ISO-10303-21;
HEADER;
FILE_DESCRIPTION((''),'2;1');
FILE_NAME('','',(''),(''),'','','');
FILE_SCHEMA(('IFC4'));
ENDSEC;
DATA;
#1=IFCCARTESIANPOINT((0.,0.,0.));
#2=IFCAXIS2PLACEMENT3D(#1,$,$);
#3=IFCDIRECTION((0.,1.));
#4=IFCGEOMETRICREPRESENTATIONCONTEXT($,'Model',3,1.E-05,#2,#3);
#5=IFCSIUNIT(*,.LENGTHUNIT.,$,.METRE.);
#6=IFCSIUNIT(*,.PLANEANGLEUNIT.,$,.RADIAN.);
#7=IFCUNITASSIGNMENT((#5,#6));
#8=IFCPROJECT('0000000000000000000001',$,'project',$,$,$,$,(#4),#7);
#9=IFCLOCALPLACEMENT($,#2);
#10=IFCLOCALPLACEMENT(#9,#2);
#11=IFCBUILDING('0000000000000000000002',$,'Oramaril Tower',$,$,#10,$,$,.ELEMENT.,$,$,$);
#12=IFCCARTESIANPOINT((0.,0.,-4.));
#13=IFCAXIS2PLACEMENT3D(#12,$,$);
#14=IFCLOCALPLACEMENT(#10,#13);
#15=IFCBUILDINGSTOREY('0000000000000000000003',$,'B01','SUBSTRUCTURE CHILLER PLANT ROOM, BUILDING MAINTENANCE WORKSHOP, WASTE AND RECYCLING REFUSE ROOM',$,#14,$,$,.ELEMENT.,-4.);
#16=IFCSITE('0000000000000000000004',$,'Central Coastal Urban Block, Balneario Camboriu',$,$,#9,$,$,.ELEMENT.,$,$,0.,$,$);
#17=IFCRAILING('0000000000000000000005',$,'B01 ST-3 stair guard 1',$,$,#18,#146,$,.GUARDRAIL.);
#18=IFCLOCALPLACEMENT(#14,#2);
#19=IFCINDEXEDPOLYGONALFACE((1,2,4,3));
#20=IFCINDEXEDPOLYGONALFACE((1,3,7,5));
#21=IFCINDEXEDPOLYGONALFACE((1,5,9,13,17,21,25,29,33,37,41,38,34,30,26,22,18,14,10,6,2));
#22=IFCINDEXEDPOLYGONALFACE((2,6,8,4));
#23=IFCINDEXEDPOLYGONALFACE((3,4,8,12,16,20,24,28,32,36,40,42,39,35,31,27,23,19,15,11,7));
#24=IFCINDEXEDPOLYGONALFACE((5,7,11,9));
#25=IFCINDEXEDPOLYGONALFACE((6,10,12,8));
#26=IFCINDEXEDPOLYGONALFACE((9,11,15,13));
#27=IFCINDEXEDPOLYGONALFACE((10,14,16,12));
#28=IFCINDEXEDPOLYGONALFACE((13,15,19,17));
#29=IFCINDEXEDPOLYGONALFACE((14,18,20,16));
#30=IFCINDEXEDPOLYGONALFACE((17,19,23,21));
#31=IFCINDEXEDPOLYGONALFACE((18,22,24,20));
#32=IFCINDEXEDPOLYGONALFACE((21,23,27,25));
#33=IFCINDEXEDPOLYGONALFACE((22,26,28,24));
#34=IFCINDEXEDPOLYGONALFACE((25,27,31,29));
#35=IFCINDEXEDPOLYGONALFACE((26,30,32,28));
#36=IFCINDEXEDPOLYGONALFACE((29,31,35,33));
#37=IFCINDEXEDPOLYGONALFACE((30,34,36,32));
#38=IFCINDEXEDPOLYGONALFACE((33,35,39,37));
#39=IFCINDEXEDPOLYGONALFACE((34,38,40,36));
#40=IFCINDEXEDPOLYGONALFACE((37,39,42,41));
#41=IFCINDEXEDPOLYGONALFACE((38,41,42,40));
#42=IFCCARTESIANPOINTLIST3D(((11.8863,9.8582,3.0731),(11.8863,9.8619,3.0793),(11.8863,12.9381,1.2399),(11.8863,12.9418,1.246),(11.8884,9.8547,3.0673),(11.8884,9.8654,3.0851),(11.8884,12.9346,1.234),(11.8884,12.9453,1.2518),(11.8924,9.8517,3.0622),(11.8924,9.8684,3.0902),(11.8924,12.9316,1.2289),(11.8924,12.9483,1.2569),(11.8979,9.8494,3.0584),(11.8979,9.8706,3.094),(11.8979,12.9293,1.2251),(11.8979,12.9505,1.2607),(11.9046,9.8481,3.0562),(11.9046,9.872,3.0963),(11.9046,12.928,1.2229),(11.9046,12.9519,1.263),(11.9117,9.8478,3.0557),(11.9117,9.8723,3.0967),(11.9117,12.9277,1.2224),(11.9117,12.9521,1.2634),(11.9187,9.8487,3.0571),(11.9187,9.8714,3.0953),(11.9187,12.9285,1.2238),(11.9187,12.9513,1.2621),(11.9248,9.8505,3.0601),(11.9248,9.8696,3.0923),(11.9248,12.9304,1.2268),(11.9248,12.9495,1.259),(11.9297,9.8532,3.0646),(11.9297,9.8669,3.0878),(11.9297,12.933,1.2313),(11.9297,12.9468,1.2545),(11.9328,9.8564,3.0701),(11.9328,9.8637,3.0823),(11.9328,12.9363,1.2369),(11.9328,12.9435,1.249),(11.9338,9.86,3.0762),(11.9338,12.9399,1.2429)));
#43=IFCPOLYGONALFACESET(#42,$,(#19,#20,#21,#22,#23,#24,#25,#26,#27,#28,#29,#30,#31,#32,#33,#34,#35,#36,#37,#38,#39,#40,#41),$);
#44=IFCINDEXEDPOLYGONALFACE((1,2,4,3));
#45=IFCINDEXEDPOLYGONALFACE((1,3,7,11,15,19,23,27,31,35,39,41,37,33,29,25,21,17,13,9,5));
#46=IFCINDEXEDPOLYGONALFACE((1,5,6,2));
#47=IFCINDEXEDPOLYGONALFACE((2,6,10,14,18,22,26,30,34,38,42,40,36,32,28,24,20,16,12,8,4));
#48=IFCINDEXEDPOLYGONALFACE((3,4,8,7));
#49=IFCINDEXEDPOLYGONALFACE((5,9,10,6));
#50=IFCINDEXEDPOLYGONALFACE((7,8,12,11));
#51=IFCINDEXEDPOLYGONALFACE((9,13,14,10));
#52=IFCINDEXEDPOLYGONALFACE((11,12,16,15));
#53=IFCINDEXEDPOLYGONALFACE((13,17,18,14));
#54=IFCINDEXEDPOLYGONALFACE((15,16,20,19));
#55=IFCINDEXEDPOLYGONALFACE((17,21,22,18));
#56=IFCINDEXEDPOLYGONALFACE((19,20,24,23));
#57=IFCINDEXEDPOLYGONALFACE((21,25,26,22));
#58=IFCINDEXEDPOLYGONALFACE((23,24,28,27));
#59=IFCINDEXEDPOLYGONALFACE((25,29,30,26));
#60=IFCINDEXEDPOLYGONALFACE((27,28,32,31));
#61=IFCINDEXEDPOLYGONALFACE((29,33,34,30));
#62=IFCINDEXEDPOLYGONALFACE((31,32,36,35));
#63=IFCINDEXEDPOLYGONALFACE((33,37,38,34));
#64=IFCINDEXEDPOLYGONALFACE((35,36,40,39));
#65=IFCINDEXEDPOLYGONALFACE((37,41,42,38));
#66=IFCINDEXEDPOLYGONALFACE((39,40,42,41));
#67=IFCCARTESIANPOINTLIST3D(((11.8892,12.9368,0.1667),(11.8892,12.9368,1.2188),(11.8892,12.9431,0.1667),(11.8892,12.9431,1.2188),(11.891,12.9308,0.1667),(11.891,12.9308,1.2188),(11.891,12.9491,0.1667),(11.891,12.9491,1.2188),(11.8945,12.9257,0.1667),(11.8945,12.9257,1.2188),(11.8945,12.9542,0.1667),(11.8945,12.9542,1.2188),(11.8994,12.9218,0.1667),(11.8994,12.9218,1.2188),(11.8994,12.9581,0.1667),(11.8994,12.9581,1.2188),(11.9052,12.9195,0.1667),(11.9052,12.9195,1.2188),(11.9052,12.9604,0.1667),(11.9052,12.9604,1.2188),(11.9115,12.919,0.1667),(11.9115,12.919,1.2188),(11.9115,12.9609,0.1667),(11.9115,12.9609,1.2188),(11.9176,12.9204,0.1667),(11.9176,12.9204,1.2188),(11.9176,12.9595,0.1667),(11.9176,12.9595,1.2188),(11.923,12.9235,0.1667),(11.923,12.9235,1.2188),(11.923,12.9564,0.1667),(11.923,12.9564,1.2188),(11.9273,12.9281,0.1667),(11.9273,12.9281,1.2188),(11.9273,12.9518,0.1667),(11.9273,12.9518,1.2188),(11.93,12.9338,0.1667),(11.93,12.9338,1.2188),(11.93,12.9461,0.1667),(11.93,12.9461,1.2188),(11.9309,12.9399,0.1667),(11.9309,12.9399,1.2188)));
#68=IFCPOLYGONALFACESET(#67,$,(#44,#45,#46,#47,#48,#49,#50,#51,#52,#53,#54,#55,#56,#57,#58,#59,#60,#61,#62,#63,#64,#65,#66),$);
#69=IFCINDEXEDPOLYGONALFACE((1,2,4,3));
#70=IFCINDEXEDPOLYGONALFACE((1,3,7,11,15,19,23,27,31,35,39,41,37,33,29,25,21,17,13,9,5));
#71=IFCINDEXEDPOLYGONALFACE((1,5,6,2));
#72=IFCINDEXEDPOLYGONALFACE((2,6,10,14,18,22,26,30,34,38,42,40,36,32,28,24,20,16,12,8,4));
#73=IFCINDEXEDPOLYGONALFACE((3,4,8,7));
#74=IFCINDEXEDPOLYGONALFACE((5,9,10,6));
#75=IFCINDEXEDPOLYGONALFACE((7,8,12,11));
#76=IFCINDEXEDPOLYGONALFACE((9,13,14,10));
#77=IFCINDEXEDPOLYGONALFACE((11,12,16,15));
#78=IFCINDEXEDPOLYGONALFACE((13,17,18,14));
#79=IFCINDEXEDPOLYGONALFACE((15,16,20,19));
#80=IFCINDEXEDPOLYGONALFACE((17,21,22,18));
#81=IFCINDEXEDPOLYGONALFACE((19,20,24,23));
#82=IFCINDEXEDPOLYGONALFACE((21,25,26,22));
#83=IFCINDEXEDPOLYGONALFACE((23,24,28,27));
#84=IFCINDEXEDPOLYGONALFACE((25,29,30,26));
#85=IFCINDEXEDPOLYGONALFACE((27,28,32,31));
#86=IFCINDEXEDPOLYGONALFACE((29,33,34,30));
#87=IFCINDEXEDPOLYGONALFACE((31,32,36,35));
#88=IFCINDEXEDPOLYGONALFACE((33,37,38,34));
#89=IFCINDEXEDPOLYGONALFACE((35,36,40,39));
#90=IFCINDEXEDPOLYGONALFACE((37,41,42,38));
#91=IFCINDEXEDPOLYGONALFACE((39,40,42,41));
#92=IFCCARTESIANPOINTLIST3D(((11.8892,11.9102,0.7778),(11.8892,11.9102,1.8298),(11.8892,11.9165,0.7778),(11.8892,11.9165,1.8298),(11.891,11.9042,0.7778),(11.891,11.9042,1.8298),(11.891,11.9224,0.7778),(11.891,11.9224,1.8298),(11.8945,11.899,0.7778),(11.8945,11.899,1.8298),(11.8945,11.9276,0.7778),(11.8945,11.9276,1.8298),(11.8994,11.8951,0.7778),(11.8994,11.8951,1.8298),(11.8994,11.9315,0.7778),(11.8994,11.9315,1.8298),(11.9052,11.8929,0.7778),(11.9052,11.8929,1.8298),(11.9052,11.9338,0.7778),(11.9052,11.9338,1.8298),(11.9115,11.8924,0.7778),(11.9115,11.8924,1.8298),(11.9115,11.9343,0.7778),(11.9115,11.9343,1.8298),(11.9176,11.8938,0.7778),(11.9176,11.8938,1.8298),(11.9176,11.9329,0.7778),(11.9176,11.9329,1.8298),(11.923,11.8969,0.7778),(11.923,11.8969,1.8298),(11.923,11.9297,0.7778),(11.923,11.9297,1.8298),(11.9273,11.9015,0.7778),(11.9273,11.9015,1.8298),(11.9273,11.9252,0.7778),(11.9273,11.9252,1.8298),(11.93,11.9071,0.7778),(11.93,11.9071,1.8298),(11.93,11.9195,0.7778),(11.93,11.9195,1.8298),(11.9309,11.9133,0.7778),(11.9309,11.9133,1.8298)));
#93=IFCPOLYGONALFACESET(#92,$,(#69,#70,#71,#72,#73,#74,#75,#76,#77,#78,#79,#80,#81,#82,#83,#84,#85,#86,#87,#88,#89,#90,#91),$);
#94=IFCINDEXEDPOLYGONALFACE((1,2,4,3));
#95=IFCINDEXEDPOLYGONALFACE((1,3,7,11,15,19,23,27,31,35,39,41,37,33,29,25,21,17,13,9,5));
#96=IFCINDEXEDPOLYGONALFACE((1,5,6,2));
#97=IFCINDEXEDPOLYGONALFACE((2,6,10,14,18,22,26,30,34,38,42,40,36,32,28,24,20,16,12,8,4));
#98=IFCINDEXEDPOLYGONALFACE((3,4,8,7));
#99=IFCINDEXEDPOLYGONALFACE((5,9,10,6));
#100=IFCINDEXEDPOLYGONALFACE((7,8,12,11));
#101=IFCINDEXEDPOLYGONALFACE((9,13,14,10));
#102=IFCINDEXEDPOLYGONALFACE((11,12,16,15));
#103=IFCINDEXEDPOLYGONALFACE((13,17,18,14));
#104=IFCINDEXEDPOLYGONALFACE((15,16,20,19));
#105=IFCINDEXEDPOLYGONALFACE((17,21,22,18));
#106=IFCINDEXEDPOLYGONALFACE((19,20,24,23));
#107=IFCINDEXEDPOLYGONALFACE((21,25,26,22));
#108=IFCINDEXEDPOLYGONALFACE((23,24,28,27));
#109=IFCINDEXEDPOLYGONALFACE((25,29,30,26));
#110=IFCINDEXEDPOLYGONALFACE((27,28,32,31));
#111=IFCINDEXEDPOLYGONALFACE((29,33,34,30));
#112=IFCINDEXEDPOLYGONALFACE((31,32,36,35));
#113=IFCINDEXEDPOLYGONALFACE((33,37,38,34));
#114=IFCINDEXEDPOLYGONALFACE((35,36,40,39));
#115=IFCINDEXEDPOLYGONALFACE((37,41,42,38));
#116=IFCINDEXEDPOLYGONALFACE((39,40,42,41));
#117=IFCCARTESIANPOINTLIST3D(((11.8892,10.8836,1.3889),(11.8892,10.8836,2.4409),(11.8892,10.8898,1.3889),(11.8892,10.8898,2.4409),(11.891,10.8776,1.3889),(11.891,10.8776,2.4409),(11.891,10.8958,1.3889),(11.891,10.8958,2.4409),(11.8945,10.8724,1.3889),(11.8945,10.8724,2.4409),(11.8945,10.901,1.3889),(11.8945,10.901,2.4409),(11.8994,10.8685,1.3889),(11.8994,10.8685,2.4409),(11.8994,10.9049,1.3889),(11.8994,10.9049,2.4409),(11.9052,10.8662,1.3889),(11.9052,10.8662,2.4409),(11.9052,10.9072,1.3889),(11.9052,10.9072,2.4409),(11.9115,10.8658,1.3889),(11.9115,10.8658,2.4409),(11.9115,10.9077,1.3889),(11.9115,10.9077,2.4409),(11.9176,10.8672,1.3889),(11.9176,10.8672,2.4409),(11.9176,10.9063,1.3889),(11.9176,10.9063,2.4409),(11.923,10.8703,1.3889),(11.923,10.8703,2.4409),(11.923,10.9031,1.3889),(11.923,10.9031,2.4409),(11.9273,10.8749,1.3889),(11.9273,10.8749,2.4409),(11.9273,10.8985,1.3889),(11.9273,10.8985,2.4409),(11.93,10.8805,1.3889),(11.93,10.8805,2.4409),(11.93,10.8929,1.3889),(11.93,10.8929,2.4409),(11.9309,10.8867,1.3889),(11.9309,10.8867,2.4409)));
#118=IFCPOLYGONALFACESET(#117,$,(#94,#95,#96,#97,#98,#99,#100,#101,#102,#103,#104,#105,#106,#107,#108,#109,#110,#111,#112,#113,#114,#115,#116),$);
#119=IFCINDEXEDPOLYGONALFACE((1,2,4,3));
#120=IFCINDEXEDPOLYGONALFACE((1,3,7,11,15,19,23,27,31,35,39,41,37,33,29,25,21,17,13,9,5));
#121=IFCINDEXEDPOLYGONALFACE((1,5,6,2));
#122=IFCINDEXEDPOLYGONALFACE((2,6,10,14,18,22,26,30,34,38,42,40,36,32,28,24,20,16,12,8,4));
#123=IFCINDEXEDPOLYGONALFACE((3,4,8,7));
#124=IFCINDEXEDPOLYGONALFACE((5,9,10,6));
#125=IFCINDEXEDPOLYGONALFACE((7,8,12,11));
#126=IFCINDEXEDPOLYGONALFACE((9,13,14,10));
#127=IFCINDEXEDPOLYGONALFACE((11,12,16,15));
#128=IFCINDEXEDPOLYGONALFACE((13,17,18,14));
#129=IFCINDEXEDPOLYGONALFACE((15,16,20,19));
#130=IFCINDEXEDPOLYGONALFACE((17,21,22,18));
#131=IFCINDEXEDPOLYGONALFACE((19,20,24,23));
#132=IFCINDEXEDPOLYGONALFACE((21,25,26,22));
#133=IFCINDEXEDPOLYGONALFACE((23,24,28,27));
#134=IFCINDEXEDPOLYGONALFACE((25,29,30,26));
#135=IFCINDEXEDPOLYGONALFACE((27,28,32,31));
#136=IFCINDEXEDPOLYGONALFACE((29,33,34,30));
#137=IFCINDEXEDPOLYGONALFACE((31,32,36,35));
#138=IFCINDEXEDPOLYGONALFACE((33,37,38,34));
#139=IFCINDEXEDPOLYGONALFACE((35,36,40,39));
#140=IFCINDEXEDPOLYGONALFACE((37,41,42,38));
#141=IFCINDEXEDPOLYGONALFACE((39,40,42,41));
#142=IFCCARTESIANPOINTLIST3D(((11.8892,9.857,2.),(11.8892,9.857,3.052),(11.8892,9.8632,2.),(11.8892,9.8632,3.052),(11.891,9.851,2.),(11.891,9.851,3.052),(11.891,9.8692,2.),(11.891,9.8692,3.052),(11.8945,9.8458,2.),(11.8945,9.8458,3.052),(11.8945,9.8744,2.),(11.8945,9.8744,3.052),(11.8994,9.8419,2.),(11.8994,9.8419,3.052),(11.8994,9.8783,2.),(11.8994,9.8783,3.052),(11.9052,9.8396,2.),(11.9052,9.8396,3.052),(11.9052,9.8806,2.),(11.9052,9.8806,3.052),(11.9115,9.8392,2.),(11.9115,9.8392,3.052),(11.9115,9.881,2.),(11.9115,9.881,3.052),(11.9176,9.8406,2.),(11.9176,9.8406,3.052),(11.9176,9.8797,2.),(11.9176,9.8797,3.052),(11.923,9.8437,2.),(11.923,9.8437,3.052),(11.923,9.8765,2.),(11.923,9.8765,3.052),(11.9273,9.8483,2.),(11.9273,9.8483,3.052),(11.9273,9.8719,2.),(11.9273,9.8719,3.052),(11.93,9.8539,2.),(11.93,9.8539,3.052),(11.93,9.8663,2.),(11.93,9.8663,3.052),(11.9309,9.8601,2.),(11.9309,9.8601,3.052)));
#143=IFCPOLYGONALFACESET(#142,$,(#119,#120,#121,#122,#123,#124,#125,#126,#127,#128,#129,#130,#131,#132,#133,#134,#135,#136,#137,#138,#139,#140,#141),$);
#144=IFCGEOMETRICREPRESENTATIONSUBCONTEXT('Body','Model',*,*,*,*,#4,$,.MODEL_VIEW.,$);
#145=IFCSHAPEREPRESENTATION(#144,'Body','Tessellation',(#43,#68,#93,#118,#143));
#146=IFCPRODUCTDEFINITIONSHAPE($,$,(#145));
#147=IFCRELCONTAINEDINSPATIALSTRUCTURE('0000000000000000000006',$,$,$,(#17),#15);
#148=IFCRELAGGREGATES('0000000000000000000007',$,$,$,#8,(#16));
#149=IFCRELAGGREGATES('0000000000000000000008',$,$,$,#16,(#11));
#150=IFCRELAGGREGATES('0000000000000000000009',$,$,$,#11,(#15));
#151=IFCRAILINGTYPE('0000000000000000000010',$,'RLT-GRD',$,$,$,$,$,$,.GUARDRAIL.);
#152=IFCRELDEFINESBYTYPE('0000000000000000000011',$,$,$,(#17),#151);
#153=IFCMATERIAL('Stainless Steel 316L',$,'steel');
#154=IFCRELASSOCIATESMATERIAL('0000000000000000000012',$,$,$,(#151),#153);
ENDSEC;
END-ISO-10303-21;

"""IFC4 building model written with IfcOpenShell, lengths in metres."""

from ifc_helpers import new_model, si_unit, direction, frame, origin, origin_2d, place, context, subcontext, project, spatial, circle, extrude, material, type_object, element, save


model = new_model("IFC4")

# Units and contexts
model_context = context("Model", 3, precision=1e-05, world=origin(), true_north=direction((0.0, 1.0)))
body_context = subcontext(model_context, "Body", "Model", "MODEL_VIEW")
ifc_project = project(units=[si_unit("LENGTHUNIT", "METRE"), si_unit("PLANEANGLEUNIT", "RADIAN")], contexts=[model_context])

# Site, building, storey
site_placement = place(None, origin())
site = spatial("IfcSite", under=ifc_project, at=site_placement, Name="Central Coastal Urban Block, Balneario Camboriu", CompositionType="ELEMENT", RefElevation=0.0)
building_placement = place(site_placement, origin())
building = spatial("IfcBuilding", under=site, at=building_placement, Name="Oramaril Tower", CompositionType="ELEMENT")
storey_placement = place(building_placement, frame((0.0, 0.0, -4.0)))
storey = spatial("IfcBuildingStorey", under=building, at=storey_placement, Name="B01", Description="SUBSTRUCTURE CHILLER PLANT ROOM, BUILDING MAINTENANCE WORKSHOP, WASTE AND RECYCLING REFUSE ROOM", CompositionType="ELEMENT", Elevation=-4.0)

# Railing
ifc_material_1 = material(Name="Stainless Steel 316L", Category="steel")
railing_type_1 = type_object("IfcRailingType", Name="RLT-GRD", PredefinedType="GUARDRAIL", material=ifc_material_1)
railing_1_placement = place(storey_placement, frame((11.9099, 12.9399, 0.1667)))
element("IfcRailing", 1, at=railing_1_placement, inside=storey, type_object=railing_type_1, Name="B01 ST-3 stair guard 1", PredefinedType="GUARDRAIL", context=body_context, shape_type="SweptSolid", body=[
    extrude(circle(Radius=0.0239, at=origin_2d()), frame((0.0, 0.0, 1.0762), z_axis=(0.0, -0.859291, 0.511487), x_axis=(1.0, 0.0, 0.0)), (0.0, 0.0, 1.0), 3.5842),
    extrude(circle(Radius=0.021, at=origin_2d()), origin(), (0.0, 0.0, 1.0), 1.052),
    extrude(circle(Radius=0.021, at=origin_2d()), frame((0.0, -1.0266, 0.6111)), (0.0, 0.0, 1.0), 1.052),
    extrude(circle(Radius=0.021, at=origin_2d()), frame((0.0, -2.0532, 1.2222)), (0.0, 0.0, 1.0), 1.052),
    extrude(circle(Radius=0.021, at=origin_2d()), frame((0.0, -3.0798, 1.8333)), (0.0, 0.0, 1.0), 1.052),
])

save(model, "model.ifc")
